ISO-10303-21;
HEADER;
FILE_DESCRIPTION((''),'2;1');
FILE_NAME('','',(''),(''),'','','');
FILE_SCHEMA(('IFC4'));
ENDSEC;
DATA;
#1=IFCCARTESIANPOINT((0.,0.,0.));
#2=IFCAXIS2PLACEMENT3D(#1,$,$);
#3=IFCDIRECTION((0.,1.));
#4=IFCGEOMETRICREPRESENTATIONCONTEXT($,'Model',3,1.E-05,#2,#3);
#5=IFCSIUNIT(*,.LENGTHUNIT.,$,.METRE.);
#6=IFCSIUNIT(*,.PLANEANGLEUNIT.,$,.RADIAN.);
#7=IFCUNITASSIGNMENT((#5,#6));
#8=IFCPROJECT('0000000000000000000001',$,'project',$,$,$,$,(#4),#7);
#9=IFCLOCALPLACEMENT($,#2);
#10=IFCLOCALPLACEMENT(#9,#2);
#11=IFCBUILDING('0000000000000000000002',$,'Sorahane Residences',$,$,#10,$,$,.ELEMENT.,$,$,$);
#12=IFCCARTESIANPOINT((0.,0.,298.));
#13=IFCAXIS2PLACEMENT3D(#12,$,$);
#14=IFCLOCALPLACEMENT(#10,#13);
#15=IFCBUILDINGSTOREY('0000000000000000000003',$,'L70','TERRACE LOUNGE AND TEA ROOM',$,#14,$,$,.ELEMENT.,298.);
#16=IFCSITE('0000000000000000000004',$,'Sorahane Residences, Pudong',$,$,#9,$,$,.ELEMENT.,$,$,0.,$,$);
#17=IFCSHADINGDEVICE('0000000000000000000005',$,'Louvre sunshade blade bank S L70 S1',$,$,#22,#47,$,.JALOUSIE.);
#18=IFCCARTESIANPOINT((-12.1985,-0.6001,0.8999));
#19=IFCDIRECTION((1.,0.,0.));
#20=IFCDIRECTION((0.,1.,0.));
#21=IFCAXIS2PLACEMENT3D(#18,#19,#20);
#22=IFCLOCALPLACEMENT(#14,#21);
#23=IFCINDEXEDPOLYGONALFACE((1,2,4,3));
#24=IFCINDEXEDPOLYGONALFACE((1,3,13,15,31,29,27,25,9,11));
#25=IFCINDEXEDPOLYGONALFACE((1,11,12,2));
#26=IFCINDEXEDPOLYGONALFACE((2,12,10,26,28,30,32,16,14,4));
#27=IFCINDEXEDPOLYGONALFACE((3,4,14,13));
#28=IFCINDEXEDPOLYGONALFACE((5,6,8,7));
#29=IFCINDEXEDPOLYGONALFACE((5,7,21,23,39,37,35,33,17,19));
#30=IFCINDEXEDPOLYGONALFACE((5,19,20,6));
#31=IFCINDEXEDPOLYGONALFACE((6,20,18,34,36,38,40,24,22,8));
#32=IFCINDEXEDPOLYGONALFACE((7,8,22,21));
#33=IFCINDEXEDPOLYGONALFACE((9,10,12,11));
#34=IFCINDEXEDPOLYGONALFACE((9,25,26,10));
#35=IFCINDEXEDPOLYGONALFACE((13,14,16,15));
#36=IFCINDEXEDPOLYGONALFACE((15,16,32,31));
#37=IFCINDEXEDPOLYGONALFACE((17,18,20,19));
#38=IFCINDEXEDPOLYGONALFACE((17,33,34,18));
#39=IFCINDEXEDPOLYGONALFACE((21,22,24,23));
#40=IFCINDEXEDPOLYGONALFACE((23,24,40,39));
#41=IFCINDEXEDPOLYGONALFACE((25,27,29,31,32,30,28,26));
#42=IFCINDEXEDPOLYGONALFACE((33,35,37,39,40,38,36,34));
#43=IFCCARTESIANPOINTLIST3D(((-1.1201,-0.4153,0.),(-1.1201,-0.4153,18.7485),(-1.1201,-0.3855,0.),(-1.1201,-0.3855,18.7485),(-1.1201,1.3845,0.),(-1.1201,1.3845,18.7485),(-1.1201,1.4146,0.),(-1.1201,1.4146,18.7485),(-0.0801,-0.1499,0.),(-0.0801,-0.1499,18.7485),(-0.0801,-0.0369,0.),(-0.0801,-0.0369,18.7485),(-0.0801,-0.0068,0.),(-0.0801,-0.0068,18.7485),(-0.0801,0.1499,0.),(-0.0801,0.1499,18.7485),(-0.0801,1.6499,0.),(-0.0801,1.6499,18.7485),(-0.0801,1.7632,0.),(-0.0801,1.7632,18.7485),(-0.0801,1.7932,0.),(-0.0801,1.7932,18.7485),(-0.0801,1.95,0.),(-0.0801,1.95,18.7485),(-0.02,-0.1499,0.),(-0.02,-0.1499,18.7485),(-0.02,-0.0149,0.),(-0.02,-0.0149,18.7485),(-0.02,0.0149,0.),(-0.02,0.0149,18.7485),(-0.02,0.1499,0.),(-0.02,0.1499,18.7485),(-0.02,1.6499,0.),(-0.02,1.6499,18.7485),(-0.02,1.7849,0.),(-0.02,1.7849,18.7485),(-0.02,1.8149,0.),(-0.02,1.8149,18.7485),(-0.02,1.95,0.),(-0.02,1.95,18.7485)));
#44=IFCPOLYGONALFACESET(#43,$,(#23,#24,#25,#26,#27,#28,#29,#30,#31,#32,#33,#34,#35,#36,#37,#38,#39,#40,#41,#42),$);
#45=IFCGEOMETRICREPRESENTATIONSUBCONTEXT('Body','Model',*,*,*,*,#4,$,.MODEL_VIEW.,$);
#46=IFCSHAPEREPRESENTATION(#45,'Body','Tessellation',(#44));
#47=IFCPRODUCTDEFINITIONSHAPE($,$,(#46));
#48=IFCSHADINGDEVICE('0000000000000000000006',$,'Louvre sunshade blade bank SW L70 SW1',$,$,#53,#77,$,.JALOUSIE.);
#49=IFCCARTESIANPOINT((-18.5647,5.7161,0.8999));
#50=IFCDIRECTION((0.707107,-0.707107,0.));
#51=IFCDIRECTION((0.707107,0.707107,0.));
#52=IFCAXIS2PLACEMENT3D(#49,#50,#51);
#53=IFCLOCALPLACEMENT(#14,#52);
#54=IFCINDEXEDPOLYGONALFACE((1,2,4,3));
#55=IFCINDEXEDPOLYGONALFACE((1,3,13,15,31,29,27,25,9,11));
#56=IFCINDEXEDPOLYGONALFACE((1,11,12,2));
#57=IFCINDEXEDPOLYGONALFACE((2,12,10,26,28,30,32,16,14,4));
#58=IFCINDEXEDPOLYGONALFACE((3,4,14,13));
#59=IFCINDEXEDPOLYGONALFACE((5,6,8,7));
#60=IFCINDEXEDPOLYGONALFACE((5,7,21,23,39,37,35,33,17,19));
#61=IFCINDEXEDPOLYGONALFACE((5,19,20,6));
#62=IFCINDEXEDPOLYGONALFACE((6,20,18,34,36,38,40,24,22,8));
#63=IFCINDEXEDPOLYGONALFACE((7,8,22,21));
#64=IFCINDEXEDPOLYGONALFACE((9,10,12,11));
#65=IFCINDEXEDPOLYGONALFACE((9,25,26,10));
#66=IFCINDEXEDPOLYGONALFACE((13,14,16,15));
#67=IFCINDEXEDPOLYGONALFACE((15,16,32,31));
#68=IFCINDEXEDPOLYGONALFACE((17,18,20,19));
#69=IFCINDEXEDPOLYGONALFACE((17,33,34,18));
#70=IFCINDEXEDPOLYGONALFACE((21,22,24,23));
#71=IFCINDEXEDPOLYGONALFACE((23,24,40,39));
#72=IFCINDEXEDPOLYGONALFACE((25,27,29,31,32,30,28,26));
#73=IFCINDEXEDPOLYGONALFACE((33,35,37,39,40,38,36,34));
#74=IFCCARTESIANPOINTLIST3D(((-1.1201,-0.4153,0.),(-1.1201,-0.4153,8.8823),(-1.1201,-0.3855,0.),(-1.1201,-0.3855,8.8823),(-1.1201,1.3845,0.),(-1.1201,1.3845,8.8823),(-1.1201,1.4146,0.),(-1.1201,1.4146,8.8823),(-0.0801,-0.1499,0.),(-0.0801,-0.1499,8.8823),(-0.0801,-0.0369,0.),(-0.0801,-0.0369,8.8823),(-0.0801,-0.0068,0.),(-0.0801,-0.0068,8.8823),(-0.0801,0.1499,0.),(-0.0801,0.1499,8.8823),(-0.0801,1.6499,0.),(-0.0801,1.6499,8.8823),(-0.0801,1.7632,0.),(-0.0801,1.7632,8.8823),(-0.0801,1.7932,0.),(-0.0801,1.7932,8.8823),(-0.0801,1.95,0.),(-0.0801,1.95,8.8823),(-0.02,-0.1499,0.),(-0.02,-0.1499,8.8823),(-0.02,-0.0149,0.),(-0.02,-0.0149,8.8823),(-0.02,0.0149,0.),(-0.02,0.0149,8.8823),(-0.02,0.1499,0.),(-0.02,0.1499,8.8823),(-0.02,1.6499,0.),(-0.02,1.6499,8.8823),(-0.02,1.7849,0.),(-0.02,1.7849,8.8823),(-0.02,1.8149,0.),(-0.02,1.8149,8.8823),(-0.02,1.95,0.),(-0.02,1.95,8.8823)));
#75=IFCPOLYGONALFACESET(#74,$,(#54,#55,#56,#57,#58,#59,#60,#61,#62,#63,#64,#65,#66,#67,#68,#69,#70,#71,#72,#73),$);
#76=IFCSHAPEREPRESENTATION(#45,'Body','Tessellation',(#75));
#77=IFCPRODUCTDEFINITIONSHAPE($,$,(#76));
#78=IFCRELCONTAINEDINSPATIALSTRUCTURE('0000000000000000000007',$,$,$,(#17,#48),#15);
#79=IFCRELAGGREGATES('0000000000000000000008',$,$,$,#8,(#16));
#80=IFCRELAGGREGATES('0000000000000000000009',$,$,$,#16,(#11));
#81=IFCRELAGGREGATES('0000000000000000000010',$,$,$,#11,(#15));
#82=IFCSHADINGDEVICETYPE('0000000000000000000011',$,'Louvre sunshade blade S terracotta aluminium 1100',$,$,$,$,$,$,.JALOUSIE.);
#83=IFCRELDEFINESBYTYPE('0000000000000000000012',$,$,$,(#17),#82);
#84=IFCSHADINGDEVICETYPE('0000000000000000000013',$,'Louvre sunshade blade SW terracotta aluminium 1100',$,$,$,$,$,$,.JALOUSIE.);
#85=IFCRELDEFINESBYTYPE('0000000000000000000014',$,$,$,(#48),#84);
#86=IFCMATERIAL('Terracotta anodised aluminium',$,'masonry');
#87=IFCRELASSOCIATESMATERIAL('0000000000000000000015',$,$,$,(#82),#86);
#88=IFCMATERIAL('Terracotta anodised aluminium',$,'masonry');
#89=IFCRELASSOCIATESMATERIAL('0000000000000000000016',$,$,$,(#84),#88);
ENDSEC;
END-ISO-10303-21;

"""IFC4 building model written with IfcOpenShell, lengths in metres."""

from ifc_helpers import new_model, si_unit, direction, frame, origin, place, context, subcontext, project, spatial, polyline, outline, composite_profile, extrude, material, type_object, element, save


model = new_model("IFC4")

# Units and contexts
model_context = context("Model", 3, precision=1e-05, world=origin(), true_north=direction((0.0, 1.0)))
body_context = subcontext(model_context, "Body", "Model", "MODEL_VIEW")
ifc_project = project(units=[si_unit("LENGTHUNIT", "METRE"), si_unit("PLANEANGLEUNIT", "RADIAN")], contexts=[model_context])

# Site, building, storey
site_placement = place(None, origin())
site = spatial("IfcSite", under=ifc_project, at=site_placement, Name="Sorahane Residences, Pudong", CompositionType="ELEMENT", RefElevation=0.0)
building_placement = place(site_placement, origin())
building = spatial("IfcBuilding", under=site, at=building_placement, Name="Sorahane Residences", CompositionType="ELEMENT")
storey_placement = place(building_placement, frame((0.0, 0.0, 298.0)))
storey = spatial("IfcBuildingStorey", under=building, at=storey_placement, Name="L70", Description="TERRACE LOUNGE AND TEA ROOM", CompositionType="ELEMENT", Elevation=298.0)

# Shading devices
ifc_material_1 = material(Name="Terracotta anodised aluminium", Category="masonry")
shading_device_type_1 = type_object("IfcShadingDeviceType", Name="Louvre sunshade blade S terracotta aluminium 1100", PredefinedType="JALOUSIE", material=ifc_material_1)
shading_device_1_placement = place(storey_placement, frame((-12.1985, -0.6001, 0.8999), z_axis=(1.0, 0.0, 0.0), x_axis=(0.0, 1.0, 0.0)))
element("IfcShadingDevice", 1, at=shading_device_1_placement, inside=storey, type_object=shading_device_type_1, Name="Louvre sunshade blade bank S L70 S1", PredefinedType="JALOUSIE", context=body_context, shape_type="SweptSolid", body=[
    extrude(composite_profile([outline(polyline([(-1.1201, -0.3855), (-1.1201, -0.4153), (-0.0801, -0.0369), (-0.0801, -0.1499), (-0.02, -0.1499), (-0.02, -0.0149), (-0.02, 0.0149), (-0.02, 0.1499), (-0.0801, 0.1499), (-0.0801, -0.0068), (-1.1201, -0.3855)])), outline(polyline([(-1.1201, 1.4146), (-1.1201, 1.3845), (-0.0801, 1.7632), (-0.0801, 1.6499), (-0.02, 1.6499), (-0.02, 1.7849), (-0.02, 1.8149), (-0.02, 1.95), (-0.0801, 1.95), (-0.0801, 1.7932), (-1.1201, 1.4146)]))]), origin(), (0.0, 0.0, 1.0), 18.7485),
])
ifc_material_2 = material(Name="Terracotta anodised aluminium", Category="masonry")
shading_device_type_2 = type_object("IfcShadingDeviceType", Name="Louvre sunshade blade SW terracotta aluminium 1100", PredefinedType="JALOUSIE", material=ifc_material_2)
shading_device_2_placement = place(storey_placement, frame((-18.5647, 5.7161, 0.8999), z_axis=(0.707107, -0.707107, 0.0), x_axis=(0.707107, 0.707107, 0.0)))
element("IfcShadingDevice", 2, at=shading_device_2_placement, inside=storey, type_object=shading_device_type_2, Name="Louvre sunshade blade bank SW L70 SW1", PredefinedType="JALOUSIE", context=body_context, shape_type="SweptSolid", body=[
    extrude(composite_profile([outline(polyline([(-1.1201, -0.3855), (-1.1201, -0.4153), (-0.0801, -0.0369), (-0.0801, -0.1499), (-0.02, -0.1499), (-0.02, -0.0149), (-0.02, 0.0149), (-0.02, 0.1499), (-0.0801, 0.1499), (-0.0801, -0.0068), (-1.1201, -0.3855)])), outline(polyline([(-1.1201, 1.4146), (-1.1201, 1.3845), (-0.0801, 1.7632), (-0.0801, 1.6499), (-0.02, 1.6499), (-0.02, 1.7849), (-0.02, 1.8149), (-0.02, 1.95), (-0.0801, 1.95), (-0.0801, 1.7932), (-1.1201, 1.4146)]))]), origin(), (0.0, 0.0, 1.0), 8.8823),
])

save(model, "model.ifc")
